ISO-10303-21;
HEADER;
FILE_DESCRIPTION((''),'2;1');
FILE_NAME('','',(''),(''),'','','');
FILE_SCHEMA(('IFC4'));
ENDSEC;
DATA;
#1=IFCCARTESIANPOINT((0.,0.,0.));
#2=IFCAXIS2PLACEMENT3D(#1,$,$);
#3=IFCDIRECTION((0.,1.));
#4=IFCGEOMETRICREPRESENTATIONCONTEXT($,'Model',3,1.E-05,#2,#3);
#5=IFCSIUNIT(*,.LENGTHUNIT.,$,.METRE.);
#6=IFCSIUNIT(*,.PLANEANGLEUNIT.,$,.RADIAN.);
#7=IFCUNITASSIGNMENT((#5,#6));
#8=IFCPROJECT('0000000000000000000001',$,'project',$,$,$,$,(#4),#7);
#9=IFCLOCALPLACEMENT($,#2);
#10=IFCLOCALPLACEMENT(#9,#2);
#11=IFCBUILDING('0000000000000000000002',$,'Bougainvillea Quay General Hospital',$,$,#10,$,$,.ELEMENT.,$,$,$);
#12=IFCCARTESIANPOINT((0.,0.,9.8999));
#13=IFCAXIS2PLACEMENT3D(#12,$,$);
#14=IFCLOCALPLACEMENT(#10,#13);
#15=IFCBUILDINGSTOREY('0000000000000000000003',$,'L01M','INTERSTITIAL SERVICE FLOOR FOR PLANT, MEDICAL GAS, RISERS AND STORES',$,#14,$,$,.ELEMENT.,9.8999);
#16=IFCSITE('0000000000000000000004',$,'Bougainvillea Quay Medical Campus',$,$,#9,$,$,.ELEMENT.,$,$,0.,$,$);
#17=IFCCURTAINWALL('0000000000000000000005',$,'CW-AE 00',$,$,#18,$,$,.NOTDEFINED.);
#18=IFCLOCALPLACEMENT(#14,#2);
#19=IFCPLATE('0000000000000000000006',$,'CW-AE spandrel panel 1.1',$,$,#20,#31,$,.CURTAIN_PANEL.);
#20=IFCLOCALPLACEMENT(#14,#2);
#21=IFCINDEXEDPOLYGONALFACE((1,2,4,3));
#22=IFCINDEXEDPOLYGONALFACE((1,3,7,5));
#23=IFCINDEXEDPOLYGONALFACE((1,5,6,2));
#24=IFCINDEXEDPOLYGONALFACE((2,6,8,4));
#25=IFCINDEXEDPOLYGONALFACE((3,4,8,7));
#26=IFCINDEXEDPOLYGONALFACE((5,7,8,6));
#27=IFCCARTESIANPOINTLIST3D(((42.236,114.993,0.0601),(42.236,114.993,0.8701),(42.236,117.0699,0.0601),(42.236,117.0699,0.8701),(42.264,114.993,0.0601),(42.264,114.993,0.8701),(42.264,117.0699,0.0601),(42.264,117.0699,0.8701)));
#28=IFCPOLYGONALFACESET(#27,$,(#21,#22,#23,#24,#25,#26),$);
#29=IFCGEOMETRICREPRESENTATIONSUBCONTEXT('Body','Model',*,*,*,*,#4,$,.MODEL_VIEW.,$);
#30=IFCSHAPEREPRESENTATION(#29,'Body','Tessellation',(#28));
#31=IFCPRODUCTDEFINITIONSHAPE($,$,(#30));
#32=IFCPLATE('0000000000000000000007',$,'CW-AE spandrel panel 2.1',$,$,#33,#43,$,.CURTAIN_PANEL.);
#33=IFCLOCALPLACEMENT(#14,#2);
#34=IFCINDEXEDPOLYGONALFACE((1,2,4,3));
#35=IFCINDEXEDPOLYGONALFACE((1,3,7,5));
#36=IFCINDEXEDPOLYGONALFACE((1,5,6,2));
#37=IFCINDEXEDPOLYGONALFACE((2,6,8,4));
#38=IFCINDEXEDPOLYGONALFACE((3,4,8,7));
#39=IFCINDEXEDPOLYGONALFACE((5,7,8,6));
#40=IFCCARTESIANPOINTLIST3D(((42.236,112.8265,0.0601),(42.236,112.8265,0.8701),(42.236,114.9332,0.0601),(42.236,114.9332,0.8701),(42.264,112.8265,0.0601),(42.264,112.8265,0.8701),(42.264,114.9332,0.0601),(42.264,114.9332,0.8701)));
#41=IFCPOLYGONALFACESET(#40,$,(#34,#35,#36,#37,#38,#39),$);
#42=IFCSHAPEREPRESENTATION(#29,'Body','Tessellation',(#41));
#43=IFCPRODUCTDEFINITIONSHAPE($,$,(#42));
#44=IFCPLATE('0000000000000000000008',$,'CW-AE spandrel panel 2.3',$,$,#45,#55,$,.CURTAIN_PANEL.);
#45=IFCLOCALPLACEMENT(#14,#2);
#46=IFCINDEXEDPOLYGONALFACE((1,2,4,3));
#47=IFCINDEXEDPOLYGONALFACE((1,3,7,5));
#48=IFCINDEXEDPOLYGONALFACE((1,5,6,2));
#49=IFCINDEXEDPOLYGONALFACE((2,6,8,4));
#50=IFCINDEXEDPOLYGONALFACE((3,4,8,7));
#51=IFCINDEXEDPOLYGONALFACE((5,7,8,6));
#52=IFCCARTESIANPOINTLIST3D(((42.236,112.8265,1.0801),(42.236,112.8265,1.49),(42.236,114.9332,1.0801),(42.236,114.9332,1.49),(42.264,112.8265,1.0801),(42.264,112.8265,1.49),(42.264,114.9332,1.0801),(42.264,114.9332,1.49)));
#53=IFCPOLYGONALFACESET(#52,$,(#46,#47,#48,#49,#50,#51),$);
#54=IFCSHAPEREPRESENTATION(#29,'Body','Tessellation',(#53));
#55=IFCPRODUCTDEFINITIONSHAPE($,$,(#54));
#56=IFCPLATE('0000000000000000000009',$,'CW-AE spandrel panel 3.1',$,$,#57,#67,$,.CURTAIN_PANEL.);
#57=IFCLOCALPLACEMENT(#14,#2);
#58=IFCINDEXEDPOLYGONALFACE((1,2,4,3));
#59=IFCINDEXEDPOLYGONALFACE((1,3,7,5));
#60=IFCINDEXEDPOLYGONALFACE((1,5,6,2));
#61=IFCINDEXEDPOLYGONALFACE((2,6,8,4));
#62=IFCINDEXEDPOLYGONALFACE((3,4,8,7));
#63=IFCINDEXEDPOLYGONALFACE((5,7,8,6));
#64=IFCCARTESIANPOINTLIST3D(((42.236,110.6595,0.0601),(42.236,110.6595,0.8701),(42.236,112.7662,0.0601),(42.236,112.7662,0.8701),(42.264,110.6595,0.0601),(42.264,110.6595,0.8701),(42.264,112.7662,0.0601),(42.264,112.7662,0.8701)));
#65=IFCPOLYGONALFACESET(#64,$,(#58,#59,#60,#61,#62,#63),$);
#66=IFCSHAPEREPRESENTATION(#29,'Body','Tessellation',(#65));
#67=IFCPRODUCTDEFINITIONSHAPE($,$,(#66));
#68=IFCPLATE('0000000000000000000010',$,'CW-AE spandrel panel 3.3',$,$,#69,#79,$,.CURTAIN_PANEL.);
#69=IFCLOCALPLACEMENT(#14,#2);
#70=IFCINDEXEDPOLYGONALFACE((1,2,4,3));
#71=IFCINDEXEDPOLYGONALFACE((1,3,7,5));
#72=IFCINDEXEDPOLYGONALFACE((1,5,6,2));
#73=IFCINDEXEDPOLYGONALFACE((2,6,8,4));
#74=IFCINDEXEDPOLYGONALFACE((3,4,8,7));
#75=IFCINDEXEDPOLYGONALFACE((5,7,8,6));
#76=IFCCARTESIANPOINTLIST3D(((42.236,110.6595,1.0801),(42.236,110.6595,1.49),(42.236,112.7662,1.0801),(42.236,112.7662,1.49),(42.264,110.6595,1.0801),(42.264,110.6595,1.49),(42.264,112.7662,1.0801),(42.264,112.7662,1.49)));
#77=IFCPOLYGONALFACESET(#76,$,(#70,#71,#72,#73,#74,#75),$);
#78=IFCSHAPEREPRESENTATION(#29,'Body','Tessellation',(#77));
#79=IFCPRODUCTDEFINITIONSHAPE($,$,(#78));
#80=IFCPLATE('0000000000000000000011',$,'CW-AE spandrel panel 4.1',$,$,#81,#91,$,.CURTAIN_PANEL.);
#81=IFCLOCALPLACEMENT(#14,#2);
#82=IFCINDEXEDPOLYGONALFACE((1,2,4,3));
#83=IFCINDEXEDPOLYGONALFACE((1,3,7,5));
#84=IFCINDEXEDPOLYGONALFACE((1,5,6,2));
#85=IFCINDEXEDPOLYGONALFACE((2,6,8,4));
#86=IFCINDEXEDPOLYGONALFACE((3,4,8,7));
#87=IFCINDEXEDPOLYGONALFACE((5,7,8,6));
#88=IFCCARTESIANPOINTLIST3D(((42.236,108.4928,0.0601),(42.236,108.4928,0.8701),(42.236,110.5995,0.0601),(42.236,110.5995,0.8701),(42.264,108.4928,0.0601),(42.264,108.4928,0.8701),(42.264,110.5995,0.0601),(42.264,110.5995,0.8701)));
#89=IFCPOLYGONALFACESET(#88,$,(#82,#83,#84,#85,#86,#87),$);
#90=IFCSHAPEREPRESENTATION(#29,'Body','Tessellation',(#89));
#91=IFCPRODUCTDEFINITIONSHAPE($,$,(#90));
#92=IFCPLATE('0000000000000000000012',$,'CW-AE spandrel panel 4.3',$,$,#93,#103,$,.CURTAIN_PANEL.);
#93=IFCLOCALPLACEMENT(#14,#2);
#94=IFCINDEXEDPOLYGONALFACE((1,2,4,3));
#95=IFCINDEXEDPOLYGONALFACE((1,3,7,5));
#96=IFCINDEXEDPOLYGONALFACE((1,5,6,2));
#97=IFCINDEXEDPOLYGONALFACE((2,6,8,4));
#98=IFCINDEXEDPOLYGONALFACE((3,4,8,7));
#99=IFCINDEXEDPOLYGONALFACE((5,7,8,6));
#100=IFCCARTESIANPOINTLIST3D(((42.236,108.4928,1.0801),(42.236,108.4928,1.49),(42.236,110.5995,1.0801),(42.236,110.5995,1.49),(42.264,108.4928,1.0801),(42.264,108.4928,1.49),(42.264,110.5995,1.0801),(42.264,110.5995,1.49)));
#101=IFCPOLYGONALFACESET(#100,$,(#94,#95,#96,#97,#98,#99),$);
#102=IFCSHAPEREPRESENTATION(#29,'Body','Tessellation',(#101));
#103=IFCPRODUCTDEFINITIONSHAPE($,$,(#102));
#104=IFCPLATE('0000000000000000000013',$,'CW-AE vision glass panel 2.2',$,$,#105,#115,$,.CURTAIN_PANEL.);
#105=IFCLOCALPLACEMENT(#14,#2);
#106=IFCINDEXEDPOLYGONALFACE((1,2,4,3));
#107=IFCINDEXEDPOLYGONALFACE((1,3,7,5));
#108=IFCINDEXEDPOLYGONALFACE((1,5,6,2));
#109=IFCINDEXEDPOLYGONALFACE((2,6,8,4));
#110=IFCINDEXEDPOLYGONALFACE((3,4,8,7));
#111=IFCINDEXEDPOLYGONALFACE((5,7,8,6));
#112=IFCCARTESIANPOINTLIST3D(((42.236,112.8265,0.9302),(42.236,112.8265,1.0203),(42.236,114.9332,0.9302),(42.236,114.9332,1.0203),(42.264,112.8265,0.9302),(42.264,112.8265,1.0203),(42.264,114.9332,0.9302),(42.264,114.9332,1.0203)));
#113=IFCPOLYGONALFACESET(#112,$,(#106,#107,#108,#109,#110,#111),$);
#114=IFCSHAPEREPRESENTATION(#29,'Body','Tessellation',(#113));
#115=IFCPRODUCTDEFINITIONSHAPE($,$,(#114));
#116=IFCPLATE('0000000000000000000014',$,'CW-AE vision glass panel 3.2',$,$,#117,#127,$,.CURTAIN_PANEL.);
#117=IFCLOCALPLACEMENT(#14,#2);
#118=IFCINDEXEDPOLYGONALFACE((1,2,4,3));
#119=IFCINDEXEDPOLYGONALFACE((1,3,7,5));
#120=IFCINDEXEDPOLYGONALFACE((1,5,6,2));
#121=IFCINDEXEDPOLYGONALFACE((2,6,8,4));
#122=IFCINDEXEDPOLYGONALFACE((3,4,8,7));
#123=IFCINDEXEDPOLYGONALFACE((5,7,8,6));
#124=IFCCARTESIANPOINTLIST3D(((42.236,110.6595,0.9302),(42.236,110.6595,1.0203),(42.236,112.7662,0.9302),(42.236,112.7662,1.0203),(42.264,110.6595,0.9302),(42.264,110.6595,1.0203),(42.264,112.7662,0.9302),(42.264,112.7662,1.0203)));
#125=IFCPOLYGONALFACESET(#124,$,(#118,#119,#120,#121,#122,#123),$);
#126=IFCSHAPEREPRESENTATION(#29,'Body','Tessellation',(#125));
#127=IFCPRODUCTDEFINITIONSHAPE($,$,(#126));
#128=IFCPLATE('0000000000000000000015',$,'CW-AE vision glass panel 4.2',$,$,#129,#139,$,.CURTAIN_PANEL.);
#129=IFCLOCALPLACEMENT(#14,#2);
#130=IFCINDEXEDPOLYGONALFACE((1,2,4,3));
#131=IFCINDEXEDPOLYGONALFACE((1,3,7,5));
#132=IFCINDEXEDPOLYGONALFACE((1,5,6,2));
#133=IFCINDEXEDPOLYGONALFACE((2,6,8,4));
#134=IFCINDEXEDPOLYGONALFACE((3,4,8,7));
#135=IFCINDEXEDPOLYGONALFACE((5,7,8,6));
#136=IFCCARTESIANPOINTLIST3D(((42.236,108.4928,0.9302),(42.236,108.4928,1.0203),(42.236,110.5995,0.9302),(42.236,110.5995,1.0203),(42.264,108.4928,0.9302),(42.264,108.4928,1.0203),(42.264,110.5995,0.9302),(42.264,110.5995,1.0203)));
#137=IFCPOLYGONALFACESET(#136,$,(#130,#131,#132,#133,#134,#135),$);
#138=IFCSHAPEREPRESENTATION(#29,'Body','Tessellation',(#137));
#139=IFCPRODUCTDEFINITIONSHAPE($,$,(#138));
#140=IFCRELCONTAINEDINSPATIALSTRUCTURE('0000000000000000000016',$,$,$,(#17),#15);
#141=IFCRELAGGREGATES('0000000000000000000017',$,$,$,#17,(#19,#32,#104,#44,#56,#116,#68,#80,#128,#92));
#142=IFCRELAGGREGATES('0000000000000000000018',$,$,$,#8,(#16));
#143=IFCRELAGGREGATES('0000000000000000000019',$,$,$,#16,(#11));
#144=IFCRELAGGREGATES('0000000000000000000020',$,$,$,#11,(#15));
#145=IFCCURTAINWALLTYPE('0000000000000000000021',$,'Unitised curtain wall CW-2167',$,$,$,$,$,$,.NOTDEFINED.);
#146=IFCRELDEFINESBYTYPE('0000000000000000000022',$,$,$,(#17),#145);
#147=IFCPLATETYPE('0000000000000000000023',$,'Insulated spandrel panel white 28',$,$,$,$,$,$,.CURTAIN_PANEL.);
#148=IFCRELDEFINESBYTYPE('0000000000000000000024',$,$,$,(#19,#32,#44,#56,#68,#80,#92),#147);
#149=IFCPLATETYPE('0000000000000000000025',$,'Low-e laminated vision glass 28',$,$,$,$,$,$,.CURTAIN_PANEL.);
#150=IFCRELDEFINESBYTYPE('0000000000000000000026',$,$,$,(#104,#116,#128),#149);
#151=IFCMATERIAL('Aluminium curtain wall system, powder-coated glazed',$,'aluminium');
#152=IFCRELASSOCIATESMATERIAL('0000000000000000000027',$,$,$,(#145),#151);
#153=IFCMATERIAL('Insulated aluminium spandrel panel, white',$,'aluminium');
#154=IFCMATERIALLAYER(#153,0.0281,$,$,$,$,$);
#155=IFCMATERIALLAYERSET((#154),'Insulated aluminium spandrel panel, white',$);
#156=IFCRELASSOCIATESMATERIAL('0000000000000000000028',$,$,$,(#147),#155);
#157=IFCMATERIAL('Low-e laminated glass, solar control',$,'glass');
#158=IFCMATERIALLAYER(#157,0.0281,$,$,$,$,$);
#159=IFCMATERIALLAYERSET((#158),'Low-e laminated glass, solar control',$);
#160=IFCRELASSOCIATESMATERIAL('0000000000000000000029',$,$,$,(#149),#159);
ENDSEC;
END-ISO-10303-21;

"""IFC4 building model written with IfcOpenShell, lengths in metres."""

from ifc_helpers import new_model, si_unit, direction, frame, origin, origin_2d, place, context, subcontext, project, spatial, rectangle, extrude, material, layer, layer_set, type_object, element, aggregate, save


model = new_model("IFC4")

# Units and contexts
model_context = context("Model", 3, precision=1e-05, world=origin(), true_north=direction((0.0, 1.0)))
body_context = subcontext(model_context, "Body", "Model", "MODEL_VIEW")
ifc_project = project(units=[si_unit("LENGTHUNIT", "METRE"), si_unit("PLANEANGLEUNIT", "RADIAN")], contexts=[model_context])

# Site, building, storey
site_placement = place(None, origin())
site = spatial("IfcSite", under=ifc_project, at=site_placement, Name="Bougainvillea Quay Medical Campus", CompositionType="ELEMENT", RefElevation=0.0)
building_placement = place(site_placement, origin())
building = spatial("IfcBuilding", under=site, at=building_placement, Name="Bougainvillea Quay General Hospital", CompositionType="ELEMENT")
storey_placement = place(building_placement, frame((0.0, 0.0, 9.8999)))
storey = spatial("IfcBuildingStorey", under=building, at=storey_placement, Name="L01M", Description="INTERSTITIAL SERVICE FLOOR FOR PLANT, MEDICAL GAS, RISERS AND STORES", CompositionType="ELEMENT", Elevation=9.8999)

# Curtain wall, plates
ifc_material_1 = material(Name="Aluminium curtain wall system, powder-coated glazed", Category="aluminium")
curtain_wall_type = type_object("IfcCurtainWallType", Name="Unitised curtain wall CW-2167", PredefinedType="NOTDEFINED", material=ifc_material_1)
curtain_wall_placement = place(storey_placement, origin())
curtain_wall = element("IfcCurtainWall", 1, at=curtain_wall_placement, inside=storey, type_object=curtain_wall_type, Name="CW-AE 00", PredefinedType="NOTDEFINED")
ifc_material_2 = material(Name="Insulated aluminium spandrel panel, white", Category="aluminium")
ifc_layer_1 = layer(ifc_material_2, 0.0281)
ifc_layer_set_1 = layer_set([ifc_layer_1], Name="Insulated aluminium spandrel panel, white")
plate_type_1 = type_object("IfcPlateType", Name="Insulated spandrel panel white 28", PredefinedType="CURTAIN_PANEL", material=ifc_layer_set_1)
plate_1_placement = place(storey_placement, frame((42.25, 116.0315, 0.0601), z_axis=(0.0, 0.0, 1.0), x_axis=(0.0, -1.0, 0.0)))
plate_1 = element("IfcPlate", 2, at=plate_1_placement, type_object=plate_type_1, Name="CW-AE spandrel panel 1.1", PredefinedType="CURTAIN_PANEL", context=body_context, shape_type="SweptSolid", body=[
    extrude(rectangle(XDim=2.0769, YDim=0.0281, at=origin_2d()), origin(), (0.0, 0.0, 1.0), 0.8101),
])
plate_2_placement = place(storey_placement, frame((42.25, 113.8799, 0.0601), z_axis=(0.0, 0.0, 1.0), x_axis=(0.0, -1.0, 0.0)))
plate_2 = element("IfcPlate", 3, at=plate_2_placement, type_object=plate_type_1, Name="CW-AE spandrel panel 2.1", PredefinedType="CURTAIN_PANEL", context=body_context, shape_type="SweptSolid", body=[
    extrude(rectangle(XDim=2.1067, YDim=0.0281, at=origin_2d()), origin(), (0.0, 0.0, 1.0), 0.8101),
])
plate_3_placement = place(storey_placement, frame((42.25, 113.8799, 1.0801), z_axis=(0.0, 0.0, 1.0), x_axis=(0.0, -1.0, 0.0)))
plate_3 = element("IfcPlate", 4, at=plate_3_placement, type_object=plate_type_1, Name="CW-AE spandrel panel 2.3", PredefinedType="CURTAIN_PANEL", context=body_context, shape_type="SweptSolid", body=[
    extrude(rectangle(XDim=2.1067, YDim=0.0281, at=origin_2d()), origin(), (0.0, 0.0, 1.0), 0.4099),
])
plate_4_placement = place(storey_placement, frame((42.25, 111.7129, 0.0601), z_axis=(0.0, 0.0, 1.0), x_axis=(0.0, -1.0, 0.0)))
plate_4 = element("IfcPlate", 5, at=plate_4_placement, type_object=plate_type_1, Name="CW-AE spandrel panel 3.1", PredefinedType="CURTAIN_PANEL", context=body_context, shape_type="SweptSolid", body=[
    extrude(rectangle(XDim=2.1067, YDim=0.0281, at=origin_2d()), origin(), (0.0, 0.0, 1.0), 0.8101),
])
plate_5_placement = place(storey_placement, frame((42.25, 111.7129, 1.0801), z_axis=(0.0, 0.0, 1.0), x_axis=(0.0, -1.0, 0.0)))
plate_5 = element("IfcPlate", 6, at=plate_5_placement, type_object=plate_type_1, Name="CW-AE spandrel panel 3.3", PredefinedType="CURTAIN_PANEL", context=body_context, shape_type="SweptSolid", body=[
    extrude(rectangle(XDim=2.1067, YDim=0.0281, at=origin_2d()), origin(), (0.0, 0.0, 1.0), 0.4099),
])
plate_6_placement = place(storey_placement, frame((42.25, 109.5461, 0.0601), z_axis=(0.0, 0.0, 1.0), x_axis=(0.0, -1.0, 0.0)))
plate_6 = element("IfcPlate", 7, at=plate_6_placement, type_object=plate_type_1, Name="CW-AE spandrel panel 4.1", PredefinedType="CURTAIN_PANEL", context=body_context, shape_type="SweptSolid", body=[
    extrude(rectangle(XDim=2.1067, YDim=0.0281, at=origin_2d()), origin(), (0.0, 0.0, 1.0), 0.8101),
])
plate_7_placement = place(storey_placement, frame((42.25, 109.5461, 1.0801), z_axis=(0.0, 0.0, 1.0), x_axis=(0.0, -1.0, 0.0)))
plate_7 = element("IfcPlate", 8, at=plate_7_placement, type_object=plate_type_1, Name="CW-AE spandrel panel 4.3", PredefinedType="CURTAIN_PANEL", context=body_context, shape_type="SweptSolid", body=[
    extrude(rectangle(XDim=2.1067, YDim=0.0281, at=origin_2d()), origin(), (0.0, 0.0, 1.0), 0.4099),
])
ifc_material_3 = material(Name="Low-e laminated glass, solar control", Category="glass")
ifc_layer_2 = layer(ifc_material_3, 0.0281)
ifc_layer_set_2 = layer_set([ifc_layer_2], Name="Low-e laminated glass, solar control")
plate_type_2 = type_object("IfcPlateType", Name="Low-e laminated vision glass 28", PredefinedType="CURTAIN_PANEL", material=ifc_layer_set_2)
plate_8_placement = place(storey_placement, frame((42.25, 113.8799, 0.9302), z_axis=(0.0, 0.0, 1.0), x_axis=(0.0, -1.0, 0.0)))
plate_8 = element("IfcPlate", 9, at=plate_8_placement, type_object=plate_type_2, Name="CW-AE vision glass panel 2.2", PredefinedType="CURTAIN_PANEL", context=body_context, shape_type="SweptSolid", body=[
    extrude(rectangle(XDim=2.1067, YDim=0.0281, at=origin_2d()), origin(), (0.0, 0.0, 1.0), 0.0901),
])
plate_9_placement = place(storey_placement, frame((42.25, 111.7129, 0.9302), z_axis=(0.0, 0.0, 1.0), x_axis=(0.0, -1.0, 0.0)))
plate_9 = element("IfcPlate", 10, at=plate_9_placement, type_object=plate_type_2, Name="CW-AE vision glass panel 3.2", PredefinedType="CURTAIN_PANEL", context=body_context, shape_type="SweptSolid", body=[
    extrude(rectangle(XDim=2.1067, YDim=0.0281, at=origin_2d()), origin(), (0.0, 0.0, 1.0), 0.0901),
])
plate_10_placement = place(storey_placement, frame((42.25, 109.5461, 0.9302), z_axis=(0.0, 0.0, 1.0), x_axis=(0.0, -1.0, 0.0)))
plate_10 = element("IfcPlate", 11, at=plate_10_placement, type_object=plate_type_2, Name="CW-AE vision glass panel 4.2", PredefinedType="CURTAIN_PANEL", context=body_context, shape_type="SweptSolid", body=[
    extrude(rectangle(XDim=2.1067, YDim=0.0281, at=origin_2d()), origin(), (0.0, 0.0, 1.0), 0.0901),
])
aggregate(curtain_wall, [plate_1, plate_2, plate_8, plate_3, plate_4, plate_9, plate_5, plate_6, plate_10, plate_7])

save(model, "model.ifc")
